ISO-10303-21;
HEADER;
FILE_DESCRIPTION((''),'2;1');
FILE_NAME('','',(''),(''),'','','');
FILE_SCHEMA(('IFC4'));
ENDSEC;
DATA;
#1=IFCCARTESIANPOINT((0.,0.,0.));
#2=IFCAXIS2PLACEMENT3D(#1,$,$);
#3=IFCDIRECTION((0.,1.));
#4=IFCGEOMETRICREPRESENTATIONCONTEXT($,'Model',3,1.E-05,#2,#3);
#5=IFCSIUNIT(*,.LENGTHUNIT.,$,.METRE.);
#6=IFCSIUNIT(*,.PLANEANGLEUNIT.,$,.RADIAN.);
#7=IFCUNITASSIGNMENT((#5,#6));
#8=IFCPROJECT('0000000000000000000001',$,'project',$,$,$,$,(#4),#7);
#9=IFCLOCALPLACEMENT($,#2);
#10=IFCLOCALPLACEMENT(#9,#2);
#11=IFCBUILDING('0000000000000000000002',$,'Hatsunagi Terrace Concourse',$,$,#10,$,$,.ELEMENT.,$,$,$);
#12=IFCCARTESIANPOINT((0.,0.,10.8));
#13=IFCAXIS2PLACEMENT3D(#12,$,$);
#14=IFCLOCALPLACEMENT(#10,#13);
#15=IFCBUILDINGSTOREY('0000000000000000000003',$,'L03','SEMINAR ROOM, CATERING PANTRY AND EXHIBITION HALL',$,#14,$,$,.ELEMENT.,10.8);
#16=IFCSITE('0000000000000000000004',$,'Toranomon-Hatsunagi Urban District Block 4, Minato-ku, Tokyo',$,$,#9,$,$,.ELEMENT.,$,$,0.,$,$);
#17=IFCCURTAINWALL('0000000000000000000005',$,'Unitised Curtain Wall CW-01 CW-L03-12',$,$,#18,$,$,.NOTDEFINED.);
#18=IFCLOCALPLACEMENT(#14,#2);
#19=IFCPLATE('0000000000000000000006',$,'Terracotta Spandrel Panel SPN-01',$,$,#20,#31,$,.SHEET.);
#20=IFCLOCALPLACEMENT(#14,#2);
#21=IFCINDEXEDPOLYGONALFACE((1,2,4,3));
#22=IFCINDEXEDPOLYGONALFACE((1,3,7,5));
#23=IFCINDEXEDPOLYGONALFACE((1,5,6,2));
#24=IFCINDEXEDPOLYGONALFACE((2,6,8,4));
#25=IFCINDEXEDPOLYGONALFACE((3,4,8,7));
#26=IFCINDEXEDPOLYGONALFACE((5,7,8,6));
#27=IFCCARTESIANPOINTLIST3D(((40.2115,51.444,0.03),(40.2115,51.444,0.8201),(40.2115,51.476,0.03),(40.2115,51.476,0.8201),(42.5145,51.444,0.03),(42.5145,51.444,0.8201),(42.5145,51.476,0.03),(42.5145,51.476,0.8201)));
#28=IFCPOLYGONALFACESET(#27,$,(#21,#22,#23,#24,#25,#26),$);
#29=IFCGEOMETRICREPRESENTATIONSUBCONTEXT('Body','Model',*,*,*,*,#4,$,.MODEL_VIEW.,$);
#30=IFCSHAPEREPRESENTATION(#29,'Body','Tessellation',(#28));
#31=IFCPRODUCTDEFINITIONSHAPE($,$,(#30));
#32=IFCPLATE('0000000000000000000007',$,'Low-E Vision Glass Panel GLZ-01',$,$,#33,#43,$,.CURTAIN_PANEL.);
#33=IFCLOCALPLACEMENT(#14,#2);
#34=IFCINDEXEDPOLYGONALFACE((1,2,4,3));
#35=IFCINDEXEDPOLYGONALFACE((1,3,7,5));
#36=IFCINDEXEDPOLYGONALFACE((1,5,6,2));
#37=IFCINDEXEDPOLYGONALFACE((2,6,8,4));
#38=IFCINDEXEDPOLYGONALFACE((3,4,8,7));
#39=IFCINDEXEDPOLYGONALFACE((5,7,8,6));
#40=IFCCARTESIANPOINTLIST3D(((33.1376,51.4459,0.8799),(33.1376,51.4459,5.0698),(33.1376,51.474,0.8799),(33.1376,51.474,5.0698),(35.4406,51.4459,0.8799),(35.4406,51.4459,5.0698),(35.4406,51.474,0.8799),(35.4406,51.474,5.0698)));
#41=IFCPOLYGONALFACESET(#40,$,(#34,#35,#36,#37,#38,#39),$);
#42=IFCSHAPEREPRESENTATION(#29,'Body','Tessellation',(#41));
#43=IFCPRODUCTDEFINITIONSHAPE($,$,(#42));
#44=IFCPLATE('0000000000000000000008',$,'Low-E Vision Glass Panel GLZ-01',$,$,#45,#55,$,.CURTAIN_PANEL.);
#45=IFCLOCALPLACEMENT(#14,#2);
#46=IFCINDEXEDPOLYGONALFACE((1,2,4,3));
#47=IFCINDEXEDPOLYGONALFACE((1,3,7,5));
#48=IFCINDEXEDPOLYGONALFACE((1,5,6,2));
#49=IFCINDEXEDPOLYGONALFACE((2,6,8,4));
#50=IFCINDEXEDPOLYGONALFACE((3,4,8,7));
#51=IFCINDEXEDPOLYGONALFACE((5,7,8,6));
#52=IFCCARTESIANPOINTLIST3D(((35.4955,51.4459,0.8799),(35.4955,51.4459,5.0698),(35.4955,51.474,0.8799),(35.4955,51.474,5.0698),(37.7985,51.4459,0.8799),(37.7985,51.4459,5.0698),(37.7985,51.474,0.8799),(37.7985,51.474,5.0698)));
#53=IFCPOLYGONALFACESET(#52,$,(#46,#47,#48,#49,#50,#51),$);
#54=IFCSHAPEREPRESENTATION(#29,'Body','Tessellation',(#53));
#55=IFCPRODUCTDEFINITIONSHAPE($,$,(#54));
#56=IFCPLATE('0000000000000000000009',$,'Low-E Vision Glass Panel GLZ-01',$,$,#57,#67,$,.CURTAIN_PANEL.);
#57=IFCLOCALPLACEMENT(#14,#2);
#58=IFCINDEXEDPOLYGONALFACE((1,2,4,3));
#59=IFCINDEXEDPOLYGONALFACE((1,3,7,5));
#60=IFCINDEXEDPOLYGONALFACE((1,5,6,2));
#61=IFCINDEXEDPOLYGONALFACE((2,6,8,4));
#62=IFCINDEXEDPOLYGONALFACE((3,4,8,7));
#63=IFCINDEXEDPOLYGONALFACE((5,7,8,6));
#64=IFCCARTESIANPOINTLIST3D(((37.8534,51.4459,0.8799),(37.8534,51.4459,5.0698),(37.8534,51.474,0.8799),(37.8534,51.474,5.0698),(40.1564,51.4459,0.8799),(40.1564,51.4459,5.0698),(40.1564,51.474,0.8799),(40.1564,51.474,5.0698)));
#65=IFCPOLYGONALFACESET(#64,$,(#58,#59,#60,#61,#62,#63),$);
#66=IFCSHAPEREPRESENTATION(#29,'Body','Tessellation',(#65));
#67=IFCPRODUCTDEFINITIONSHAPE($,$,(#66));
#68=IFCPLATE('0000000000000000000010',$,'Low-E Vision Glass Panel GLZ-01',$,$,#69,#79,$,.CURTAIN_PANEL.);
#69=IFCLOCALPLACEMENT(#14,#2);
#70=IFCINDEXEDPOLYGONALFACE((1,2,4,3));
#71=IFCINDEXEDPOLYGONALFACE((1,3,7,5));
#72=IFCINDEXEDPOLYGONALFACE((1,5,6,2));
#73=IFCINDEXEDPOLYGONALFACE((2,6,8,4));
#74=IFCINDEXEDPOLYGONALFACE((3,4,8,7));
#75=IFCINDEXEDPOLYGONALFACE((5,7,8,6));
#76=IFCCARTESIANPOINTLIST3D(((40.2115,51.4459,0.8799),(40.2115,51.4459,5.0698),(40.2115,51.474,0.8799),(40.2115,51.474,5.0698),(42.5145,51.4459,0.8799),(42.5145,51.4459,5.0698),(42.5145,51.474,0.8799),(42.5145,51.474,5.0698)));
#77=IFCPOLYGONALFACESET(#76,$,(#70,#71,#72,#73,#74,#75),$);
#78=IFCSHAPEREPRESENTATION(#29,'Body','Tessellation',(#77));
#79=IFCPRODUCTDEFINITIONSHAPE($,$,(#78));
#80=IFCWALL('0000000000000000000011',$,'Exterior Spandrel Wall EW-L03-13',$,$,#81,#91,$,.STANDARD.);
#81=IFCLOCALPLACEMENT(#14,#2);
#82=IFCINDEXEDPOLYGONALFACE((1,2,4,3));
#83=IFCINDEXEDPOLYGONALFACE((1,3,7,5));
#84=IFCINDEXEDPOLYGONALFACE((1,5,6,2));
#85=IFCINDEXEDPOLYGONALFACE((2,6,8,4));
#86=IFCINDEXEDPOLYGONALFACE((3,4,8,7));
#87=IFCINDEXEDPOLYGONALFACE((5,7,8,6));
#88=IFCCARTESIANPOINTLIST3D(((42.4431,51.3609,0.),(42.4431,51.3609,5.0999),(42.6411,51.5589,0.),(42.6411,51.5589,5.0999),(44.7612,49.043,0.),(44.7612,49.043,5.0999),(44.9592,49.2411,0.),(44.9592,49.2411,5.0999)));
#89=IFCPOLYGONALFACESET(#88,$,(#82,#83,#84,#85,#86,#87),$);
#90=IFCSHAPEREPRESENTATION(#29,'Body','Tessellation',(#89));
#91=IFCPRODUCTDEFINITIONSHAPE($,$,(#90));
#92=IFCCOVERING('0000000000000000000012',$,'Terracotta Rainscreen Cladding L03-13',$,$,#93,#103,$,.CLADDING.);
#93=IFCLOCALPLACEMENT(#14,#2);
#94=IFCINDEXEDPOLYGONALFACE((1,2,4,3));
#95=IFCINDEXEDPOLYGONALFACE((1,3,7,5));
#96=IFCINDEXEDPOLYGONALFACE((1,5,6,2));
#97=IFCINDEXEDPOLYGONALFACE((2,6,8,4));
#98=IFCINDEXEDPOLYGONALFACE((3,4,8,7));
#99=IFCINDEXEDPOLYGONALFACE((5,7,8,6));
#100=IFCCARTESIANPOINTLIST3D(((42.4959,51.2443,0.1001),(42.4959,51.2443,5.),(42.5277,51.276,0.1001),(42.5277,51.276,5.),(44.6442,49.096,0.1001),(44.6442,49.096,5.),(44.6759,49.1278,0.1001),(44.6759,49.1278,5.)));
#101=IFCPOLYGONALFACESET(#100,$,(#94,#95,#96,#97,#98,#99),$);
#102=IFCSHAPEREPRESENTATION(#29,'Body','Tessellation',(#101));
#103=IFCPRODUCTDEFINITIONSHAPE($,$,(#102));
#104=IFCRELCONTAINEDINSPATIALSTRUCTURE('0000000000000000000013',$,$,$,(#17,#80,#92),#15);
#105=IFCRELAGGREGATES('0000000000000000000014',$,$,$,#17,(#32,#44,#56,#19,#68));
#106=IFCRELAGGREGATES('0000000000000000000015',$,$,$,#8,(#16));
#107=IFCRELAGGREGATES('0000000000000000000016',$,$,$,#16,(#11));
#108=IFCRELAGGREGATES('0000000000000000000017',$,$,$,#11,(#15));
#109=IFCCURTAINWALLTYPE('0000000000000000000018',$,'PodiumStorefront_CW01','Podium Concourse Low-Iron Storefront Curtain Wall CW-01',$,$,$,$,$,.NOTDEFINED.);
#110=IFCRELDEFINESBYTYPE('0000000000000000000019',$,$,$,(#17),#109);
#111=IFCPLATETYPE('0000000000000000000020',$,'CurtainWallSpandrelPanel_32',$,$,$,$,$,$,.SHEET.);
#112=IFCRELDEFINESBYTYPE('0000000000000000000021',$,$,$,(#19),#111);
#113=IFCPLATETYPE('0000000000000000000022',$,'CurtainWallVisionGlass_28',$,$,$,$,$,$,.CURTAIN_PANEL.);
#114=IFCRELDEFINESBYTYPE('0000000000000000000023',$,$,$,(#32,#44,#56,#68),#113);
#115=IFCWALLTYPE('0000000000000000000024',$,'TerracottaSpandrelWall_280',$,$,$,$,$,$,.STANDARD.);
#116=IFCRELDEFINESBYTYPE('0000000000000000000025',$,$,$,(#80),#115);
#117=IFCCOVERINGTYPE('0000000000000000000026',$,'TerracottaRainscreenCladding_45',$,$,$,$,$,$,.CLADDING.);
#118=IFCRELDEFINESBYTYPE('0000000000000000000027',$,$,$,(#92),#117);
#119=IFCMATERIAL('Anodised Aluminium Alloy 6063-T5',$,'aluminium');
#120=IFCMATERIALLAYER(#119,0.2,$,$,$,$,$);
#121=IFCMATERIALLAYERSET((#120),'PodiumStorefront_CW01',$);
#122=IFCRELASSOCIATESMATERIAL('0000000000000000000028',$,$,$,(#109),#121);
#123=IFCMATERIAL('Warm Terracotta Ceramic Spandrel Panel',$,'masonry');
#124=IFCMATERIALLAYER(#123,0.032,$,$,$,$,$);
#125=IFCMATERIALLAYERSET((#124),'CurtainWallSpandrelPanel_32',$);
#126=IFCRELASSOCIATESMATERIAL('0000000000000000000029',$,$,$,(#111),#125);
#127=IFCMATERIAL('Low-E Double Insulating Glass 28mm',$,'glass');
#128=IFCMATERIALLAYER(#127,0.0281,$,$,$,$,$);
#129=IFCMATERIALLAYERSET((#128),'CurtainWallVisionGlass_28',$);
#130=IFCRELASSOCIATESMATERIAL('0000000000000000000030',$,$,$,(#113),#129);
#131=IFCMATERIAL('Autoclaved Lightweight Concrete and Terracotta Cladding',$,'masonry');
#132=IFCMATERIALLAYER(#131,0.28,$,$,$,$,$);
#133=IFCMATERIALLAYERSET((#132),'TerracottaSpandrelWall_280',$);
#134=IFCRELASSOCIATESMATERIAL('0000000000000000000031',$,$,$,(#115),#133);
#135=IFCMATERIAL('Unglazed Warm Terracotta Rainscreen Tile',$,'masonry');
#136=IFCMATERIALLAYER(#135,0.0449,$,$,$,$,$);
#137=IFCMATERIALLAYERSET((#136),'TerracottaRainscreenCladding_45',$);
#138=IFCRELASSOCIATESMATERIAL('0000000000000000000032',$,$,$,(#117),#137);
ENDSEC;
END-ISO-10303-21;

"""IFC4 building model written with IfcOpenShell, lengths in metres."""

from ifc_helpers import new_model, si_unit, direction, frame, frame_2d, origin, origin_2d, place, context, subcontext, project, spatial, rectangle, extrude, material, layer, layer_set, type_object, element, aggregate, save


model = new_model("IFC4")

# Units and contexts
model_context = context("Model", 3, precision=1e-05, world=origin(), true_north=direction((0.0, 1.0)))
body_context = subcontext(model_context, "Body", "Model", "MODEL_VIEW")
ifc_project = project(units=[si_unit("LENGTHUNIT", "METRE"), si_unit("PLANEANGLEUNIT", "RADIAN")], contexts=[model_context])

# Site, building, storey
site_placement = place(None, origin())
site = spatial("IfcSite", under=ifc_project, at=site_placement, Name="Toranomon-Hatsunagi Urban District Block 4, Minato-ku, Tokyo", CompositionType="ELEMENT", RefElevation=0.0)
building_placement = place(site_placement, origin())
building = spatial("IfcBuilding", under=site, at=building_placement, Name="Hatsunagi Terrace Concourse", CompositionType="ELEMENT")
storey_placement = place(building_placement, frame((0.0, 0.0, 10.8)))
storey = spatial("IfcBuildingStorey", under=building, at=storey_placement, Name="L03", Description="SEMINAR ROOM, CATERING PANTRY AND EXHIBITION HALL", CompositionType="ELEMENT", Elevation=10.8)

# Curtain wall
ifc_material_1 = material(Name="Anodised Aluminium Alloy 6063-T5", Category="aluminium")
ifc_layer_1 = layer(ifc_material_1, 0.2)
ifc_layer_set_1 = layer_set([ifc_layer_1], Name="PodiumStorefront_CW01")
curtain_wall_type = type_object("IfcCurtainWallType", Name="PodiumStorefront_CW01", Description="Podium Concourse Low-Iron Storefront Curtain Wall CW-01", PredefinedType="NOTDEFINED", material=ifc_layer_set_1)
curtain_wall_placement = place(storey_placement, origin())
curtain_wall = element("IfcCurtainWall", 1, at=curtain_wall_placement, inside=storey, type_object=curtain_wall_type, Name="Unitised Curtain Wall CW-01 CW-L03-12", PredefinedType="NOTDEFINED")

# Plates
ifc_material_2 = material(Name="Warm Terracotta Ceramic Spandrel Panel", Category="masonry")
ifc_layer_2 = layer(ifc_material_2, 0.032)
ifc_layer_set_2 = layer_set([ifc_layer_2], Name="CurtainWallSpandrelPanel_32")
plate_type_1 = type_object("IfcPlateType", Name="CurtainWallSpandrelPanel_32", PredefinedType="SHEET", material=ifc_layer_set_2)
plate_1_placement = place(storey_placement, frame((41.363, 51.46, 0.03), z_axis=(0.0, 0.0, 1.0), x_axis=(1.0, 0.0, 0.0)))
plate_1 = element("IfcPlate", 2, at=plate_1_placement, type_object=plate_type_1, Name="Terracotta Spandrel Panel SPN-01", PredefinedType="SHEET", context=body_context, shape_type="SweptSolid", body=[
    extrude(rectangle(XDim=2.303, YDim=0.032, at=origin_2d()), origin(), (0.0, 0.0, 1.0), 0.79),
])
ifc_material_3 = material(Name="Low-E Double Insulating Glass 28mm", Category="glass")
ifc_layer_3 = layer(ifc_material_3, 0.0281)
ifc_layer_set_3 = layer_set([ifc_layer_3], Name="CurtainWallVisionGlass_28")
plate_type_2 = type_object("IfcPlateType", Name="CurtainWallVisionGlass_28", PredefinedType="CURTAIN_PANEL", material=ifc_layer_set_3)
plate_2_placement = place(storey_placement, frame((34.2891, 51.46, 0.8799), z_axis=(0.0, 0.0, 1.0), x_axis=(1.0, 0.0, 0.0)))
plate_2 = element("IfcPlate", 3, at=plate_2_placement, type_object=plate_type_2, Name="Low-E Vision Glass Panel GLZ-01", PredefinedType="CURTAIN_PANEL", context=body_context, shape_type="SweptSolid", body=[
    extrude(rectangle(XDim=2.303, YDim=0.0281, at=origin_2d()), origin(), (0.0, 0.0, 1.0), 4.1899),
])
plate_3_placement = place(storey_placement, frame((36.647, 51.46, 0.8799), z_axis=(0.0, 0.0, 1.0), x_axis=(1.0, 0.0, 0.0)))
plate_3 = element("IfcPlate", 4, at=plate_3_placement, type_object=plate_type_2, Name="Low-E Vision Glass Panel GLZ-01", PredefinedType="CURTAIN_PANEL", context=body_context, shape_type="SweptSolid", body=[
    extrude(rectangle(XDim=2.303, YDim=0.0281, at=origin_2d()), origin(), (0.0, 0.0, 1.0), 4.1899),
])
plate_4_placement = place(storey_placement, frame((39.0049, 51.46, 0.8799), z_axis=(0.0, 0.0, 1.0), x_axis=(1.0, 0.0, 0.0)))
plate_4 = element("IfcPlate", 5, at=plate_4_placement, type_object=plate_type_2, Name="Low-E Vision Glass Panel GLZ-01", PredefinedType="CURTAIN_PANEL", context=body_context, shape_type="SweptSolid", body=[
    extrude(rectangle(XDim=2.303, YDim=0.0281, at=origin_2d()), origin(), (0.0, 0.0, 1.0), 4.1899),
])
plate_5_placement = place(storey_placement, frame((41.363, 51.46, 0.8799), z_axis=(0.0, 0.0, 1.0), x_axis=(1.0, 0.0, 0.0)))
plate_5 = element("IfcPlate", 6, at=plate_5_placement, type_object=plate_type_2, Name="Low-E Vision Glass Panel GLZ-01", PredefinedType="CURTAIN_PANEL", context=body_context, shape_type="SweptSolid", body=[
    extrude(rectangle(XDim=2.303, YDim=0.0281, at=origin_2d()), origin(), (0.0, 0.0, 1.0), 4.1899),
])
aggregate(curtain_wall, [plate_2, plate_3, plate_4, plate_1, plate_5])

# Wall
ifc_material_4 = material(Name="Autoclaved Lightweight Concrete and Terracotta Cladding", Category="masonry")
ifc_layer_4 = layer(ifc_material_4, 0.28)
ifc_layer_set_4 = layer_set([ifc_layer_4], Name="TerracottaSpandrelWall_280")
wall_type = type_object("IfcWallType", Name="TerracottaSpandrelWall_280", PredefinedType="STANDARD", material=ifc_layer_set_4)
wall_placement = place(storey_placement, frame((42.542, 51.46, 0.0), z_axis=(0.0, 0.0, 1.0), x_axis=(0.707144, -0.70707, 0.0)))
element("IfcWall", 7, at=wall_placement, inside=storey, type_object=wall_type, Name="Exterior Spandrel Wall EW-L03-13", PredefinedType="STANDARD", context=body_context, shape_type="SweptSolid", body=[
    extrude(rectangle(XDim=3.2781, YDim=0.28, at=frame_2d((1.6392, 0.0))), origin(), (0.0, 0.0, 1.0), 5.0999),
])

# Covering
ifc_material_5 = material(Name="Unglazed Warm Terracotta Rainscreen Tile", Category="masonry")
ifc_layer_5 = layer(ifc_material_5, 0.0449)
ifc_layer_set_5 = layer_set([ifc_layer_5], Name="TerracottaRainscreenCladding_45")
covering_type = type_object("IfcCoveringType", Name="TerracottaRainscreenCladding_45", PredefinedType="CLADDING", material=ifc_layer_set_5)
covering_placement = place(storey_placement, frame((43.5859, 50.186, 0.1001), z_axis=(0.0, 0.0, 1.0), x_axis=(0.707107, -0.707107, 0.0)))
element("IfcCovering", 8, at=covering_placement, inside=storey, type_object=covering_type, Name="Terracotta Rainscreen Cladding L03-13", PredefinedType="CLADDING", context=body_context, shape_type="SweptSolid", body=[
    extrude(rectangle(XDim=3.0381, YDim=0.0449, at=origin_2d()), origin(), (0.0, 0.0, 1.0), 4.8999),
])

save(model, "model.ifc")
